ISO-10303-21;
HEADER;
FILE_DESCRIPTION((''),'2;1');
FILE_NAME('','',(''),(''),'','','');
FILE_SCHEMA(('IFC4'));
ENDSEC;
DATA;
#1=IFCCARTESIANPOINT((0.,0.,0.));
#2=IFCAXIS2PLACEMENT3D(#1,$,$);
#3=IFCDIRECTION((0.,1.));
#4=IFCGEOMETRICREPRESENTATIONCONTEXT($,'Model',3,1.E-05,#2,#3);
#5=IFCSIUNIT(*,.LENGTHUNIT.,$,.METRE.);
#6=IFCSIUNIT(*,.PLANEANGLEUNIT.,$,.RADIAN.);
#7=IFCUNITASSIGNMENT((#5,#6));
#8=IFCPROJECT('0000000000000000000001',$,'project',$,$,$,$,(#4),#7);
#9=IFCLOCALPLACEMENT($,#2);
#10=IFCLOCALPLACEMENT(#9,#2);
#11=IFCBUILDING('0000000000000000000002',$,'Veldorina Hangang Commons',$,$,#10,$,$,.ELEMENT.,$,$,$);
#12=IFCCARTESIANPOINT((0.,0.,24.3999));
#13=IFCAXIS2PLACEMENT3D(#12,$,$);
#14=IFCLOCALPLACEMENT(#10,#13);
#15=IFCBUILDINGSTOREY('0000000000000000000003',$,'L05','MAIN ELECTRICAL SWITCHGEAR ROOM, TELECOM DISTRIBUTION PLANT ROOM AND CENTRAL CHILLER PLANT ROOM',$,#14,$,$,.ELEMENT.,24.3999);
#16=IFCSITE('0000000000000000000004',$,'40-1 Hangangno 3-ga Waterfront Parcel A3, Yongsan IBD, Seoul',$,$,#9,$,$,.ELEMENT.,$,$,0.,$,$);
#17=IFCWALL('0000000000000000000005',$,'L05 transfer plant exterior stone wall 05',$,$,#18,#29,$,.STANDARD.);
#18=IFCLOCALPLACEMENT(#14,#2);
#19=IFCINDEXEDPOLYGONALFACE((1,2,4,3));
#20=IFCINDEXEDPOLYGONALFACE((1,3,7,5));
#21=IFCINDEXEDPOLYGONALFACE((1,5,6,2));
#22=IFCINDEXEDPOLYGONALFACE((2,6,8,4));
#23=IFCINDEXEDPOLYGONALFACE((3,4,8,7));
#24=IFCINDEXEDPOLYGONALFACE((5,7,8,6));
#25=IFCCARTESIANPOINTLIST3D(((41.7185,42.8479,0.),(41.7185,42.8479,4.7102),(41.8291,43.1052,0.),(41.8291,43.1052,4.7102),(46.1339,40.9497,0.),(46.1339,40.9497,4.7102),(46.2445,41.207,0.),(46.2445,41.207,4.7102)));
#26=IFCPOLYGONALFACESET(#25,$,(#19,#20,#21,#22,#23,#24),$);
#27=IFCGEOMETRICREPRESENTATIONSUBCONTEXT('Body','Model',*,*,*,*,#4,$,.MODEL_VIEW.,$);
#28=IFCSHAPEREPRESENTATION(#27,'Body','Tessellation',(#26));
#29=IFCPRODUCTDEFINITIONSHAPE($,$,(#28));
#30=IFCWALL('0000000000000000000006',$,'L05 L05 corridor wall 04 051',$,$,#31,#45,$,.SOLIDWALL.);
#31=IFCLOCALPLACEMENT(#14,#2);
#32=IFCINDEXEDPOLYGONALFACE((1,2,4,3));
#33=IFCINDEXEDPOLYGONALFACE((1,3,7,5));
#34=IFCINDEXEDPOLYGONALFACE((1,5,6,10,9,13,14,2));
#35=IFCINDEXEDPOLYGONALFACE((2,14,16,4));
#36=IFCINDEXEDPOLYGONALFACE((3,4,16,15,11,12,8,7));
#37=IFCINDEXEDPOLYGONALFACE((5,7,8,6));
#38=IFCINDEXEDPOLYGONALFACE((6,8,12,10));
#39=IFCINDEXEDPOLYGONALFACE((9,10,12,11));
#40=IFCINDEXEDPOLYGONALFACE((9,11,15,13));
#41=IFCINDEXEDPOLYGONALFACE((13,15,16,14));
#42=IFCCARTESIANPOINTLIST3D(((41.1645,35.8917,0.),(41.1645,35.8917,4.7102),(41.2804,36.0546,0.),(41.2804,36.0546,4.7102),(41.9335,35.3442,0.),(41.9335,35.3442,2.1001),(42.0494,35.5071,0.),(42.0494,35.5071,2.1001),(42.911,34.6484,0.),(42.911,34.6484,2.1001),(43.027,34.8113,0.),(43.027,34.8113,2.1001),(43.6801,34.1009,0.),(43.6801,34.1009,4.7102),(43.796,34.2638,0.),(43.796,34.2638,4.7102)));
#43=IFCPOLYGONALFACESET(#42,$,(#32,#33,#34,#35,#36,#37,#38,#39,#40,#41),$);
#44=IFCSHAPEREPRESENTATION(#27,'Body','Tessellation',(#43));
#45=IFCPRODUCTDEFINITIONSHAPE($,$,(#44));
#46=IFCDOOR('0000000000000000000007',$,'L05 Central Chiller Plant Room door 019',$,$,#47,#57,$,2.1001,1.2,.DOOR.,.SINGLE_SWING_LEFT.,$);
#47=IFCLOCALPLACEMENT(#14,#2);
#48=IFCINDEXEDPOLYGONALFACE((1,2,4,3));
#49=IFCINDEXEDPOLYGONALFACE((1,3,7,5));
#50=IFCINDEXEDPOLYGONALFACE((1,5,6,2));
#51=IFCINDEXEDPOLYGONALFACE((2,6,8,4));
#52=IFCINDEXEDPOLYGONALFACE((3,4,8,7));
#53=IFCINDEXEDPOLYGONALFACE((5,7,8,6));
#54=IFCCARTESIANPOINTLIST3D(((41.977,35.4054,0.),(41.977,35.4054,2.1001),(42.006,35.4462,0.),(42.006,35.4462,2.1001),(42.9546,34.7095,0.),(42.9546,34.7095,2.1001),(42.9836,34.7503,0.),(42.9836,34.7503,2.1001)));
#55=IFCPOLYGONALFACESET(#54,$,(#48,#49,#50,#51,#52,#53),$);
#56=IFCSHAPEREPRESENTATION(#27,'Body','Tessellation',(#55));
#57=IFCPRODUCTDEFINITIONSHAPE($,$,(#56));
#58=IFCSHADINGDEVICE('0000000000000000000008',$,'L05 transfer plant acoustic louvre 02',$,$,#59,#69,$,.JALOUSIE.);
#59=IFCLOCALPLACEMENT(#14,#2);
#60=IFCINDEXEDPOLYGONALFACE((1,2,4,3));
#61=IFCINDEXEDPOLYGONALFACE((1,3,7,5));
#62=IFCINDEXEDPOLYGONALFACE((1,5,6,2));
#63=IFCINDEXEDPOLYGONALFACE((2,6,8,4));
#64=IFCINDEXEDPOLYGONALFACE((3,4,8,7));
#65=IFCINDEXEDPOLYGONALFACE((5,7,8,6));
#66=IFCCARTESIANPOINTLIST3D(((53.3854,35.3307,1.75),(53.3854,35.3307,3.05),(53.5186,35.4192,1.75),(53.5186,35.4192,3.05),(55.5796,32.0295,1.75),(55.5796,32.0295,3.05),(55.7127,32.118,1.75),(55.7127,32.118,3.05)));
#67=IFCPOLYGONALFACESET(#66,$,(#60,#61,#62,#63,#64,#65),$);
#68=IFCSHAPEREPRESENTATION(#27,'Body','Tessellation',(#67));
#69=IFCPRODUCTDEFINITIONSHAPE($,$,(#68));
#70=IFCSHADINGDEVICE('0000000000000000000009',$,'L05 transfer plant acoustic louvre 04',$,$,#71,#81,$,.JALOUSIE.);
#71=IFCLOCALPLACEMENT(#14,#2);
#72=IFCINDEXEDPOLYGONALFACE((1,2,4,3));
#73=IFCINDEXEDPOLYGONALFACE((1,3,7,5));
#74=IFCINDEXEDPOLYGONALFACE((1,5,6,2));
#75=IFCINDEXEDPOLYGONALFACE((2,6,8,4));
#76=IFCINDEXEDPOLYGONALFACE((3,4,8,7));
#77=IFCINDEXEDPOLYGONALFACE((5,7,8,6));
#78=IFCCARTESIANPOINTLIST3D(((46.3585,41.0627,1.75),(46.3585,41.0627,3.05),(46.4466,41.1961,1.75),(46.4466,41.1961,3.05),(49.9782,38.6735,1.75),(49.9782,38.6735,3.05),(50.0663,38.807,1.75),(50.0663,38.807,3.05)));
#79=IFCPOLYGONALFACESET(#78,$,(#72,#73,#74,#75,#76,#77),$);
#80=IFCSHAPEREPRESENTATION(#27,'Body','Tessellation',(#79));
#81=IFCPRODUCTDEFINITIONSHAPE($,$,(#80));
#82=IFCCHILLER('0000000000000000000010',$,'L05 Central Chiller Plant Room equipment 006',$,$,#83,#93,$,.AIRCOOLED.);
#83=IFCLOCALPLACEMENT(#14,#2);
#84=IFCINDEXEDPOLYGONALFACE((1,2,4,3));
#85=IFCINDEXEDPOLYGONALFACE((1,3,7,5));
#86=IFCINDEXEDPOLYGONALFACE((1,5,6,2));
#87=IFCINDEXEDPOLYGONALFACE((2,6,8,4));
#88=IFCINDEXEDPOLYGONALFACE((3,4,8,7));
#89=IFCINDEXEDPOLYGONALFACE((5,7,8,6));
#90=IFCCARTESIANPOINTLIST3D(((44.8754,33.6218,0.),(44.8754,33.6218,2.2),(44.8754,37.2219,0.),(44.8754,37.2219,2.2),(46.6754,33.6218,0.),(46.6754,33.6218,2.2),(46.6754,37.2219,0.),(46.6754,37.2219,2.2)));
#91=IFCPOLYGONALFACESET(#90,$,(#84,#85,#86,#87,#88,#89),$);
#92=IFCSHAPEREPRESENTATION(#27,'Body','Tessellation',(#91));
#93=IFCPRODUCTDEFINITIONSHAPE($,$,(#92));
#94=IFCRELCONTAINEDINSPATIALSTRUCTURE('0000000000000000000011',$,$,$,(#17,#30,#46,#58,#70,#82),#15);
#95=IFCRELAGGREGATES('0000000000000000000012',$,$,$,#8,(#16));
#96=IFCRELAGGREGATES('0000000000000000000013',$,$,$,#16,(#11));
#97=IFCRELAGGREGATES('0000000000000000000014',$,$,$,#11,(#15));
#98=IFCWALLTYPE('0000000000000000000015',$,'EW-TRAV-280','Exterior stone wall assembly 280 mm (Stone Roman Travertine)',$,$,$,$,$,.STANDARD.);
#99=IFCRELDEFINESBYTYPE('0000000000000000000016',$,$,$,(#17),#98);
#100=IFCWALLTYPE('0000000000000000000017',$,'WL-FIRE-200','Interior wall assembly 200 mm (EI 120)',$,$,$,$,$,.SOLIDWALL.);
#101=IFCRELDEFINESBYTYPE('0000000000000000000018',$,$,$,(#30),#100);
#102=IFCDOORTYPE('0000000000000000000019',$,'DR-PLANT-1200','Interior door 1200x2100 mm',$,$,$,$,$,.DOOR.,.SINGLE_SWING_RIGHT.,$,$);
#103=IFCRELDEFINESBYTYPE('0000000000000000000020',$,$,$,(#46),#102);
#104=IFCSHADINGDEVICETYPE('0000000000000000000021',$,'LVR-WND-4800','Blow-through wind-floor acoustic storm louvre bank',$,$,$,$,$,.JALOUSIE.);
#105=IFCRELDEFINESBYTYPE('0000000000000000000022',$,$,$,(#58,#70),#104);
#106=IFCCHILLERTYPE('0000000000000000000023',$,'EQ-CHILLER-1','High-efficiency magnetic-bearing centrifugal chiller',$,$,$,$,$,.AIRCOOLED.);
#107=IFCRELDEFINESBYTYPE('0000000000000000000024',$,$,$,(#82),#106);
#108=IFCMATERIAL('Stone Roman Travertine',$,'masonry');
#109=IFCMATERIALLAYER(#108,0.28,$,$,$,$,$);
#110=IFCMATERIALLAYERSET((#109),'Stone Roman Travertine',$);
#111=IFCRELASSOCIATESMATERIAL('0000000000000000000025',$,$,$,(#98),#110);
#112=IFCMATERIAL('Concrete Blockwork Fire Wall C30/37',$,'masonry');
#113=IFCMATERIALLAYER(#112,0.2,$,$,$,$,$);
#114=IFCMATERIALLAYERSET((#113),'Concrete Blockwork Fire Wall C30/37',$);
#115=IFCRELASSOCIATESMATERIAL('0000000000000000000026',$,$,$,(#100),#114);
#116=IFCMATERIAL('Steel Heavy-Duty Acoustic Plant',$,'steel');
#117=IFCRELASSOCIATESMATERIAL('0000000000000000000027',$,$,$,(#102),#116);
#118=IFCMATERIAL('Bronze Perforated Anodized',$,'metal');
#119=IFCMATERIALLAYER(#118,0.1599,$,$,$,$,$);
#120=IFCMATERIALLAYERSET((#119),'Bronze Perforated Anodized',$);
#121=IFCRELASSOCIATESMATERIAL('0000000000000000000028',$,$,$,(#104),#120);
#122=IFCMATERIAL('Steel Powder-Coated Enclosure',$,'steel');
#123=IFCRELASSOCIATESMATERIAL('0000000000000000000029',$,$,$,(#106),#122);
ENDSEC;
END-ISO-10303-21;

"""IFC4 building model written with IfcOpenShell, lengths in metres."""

from ifc_helpers import new_model, si_unit, direction, frame, frame_2d, origin, origin_2d, place, context, subcontext, project, spatial, rectangle, extrude, material, layer, layer_set, type_object, element, fill, save


model = new_model("IFC4")

# Units and contexts
model_context = context("Model", 3, precision=1e-05, world=origin(), true_north=direction((0.0, 1.0)))
body_context = subcontext(model_context, "Body", "Model", "MODEL_VIEW")
ifc_project = project(units=[si_unit("LENGTHUNIT", "METRE"), si_unit("PLANEANGLEUNIT", "RADIAN")], contexts=[model_context])

# Site, building, storey
site_placement = place(None, origin())
site = spatial("IfcSite", under=ifc_project, at=site_placement, Name="40-1 Hangangno 3-ga Waterfront Parcel A3, Yongsan IBD, Seoul", CompositionType="ELEMENT", RefElevation=0.0)
building_placement = place(site_placement, origin())
building = spatial("IfcBuilding", under=site, at=building_placement, Name="Veldorina Hangang Commons", CompositionType="ELEMENT")
storey_placement = place(building_placement, frame((0.0, 0.0, 24.3999)))
storey = spatial("IfcBuildingStorey", under=building, at=storey_placement, Name="L05", Description="MAIN ELECTRICAL SWITCHGEAR ROOM, TELECOM DISTRIBUTION PLANT ROOM AND CENTRAL CHILLER PLANT ROOM", CompositionType="ELEMENT", Elevation=24.3999)

# Wall
ifc_material_1 = material(Name="Stone Roman Travertine", Category="masonry")
ifc_layer_1 = layer(ifc_material_1, 0.28)
ifc_layer_set_1 = layer_set([ifc_layer_1], Name="Stone Roman Travertine")
wall_type_1 = type_object("IfcWallType", Name="EW-TRAV-280", Description="Exterior stone wall assembly 280 mm (Stone Roman Travertine)", PredefinedType="STANDARD", material=ifc_layer_set_1)
wall_1_placement = place(storey_placement, frame((46.1892, 41.0784, 0.0), z_axis=(0.0, 0.0, 1.0), x_axis=(-0.918706, 0.394943, 0.0)))
element("IfcWall", 1, at=wall_1_placement, inside=storey, type_object=wall_type_1, Name="L05 transfer plant exterior stone wall 05", PredefinedType="STANDARD", context=body_context, shape_type="SweptSolid", body=[
    extrude(rectangle(XDim=4.8062, YDim=0.28, at=frame_2d((2.4031, 0.0))), origin(), (0.0, 0.0, 1.0), 4.7102),
])

# Wall, opening, door
ifc_material_2 = material(Name="Concrete Blockwork Fire Wall C30/37", Category="masonry")
ifc_layer_2 = layer(ifc_material_2, 0.2)
ifc_layer_set_2 = layer_set([ifc_layer_2], Name="Concrete Blockwork Fire Wall C30/37")
wall_type_2 = type_object("IfcWallType", Name="WL-FIRE-200", Description="Interior wall assembly 200 mm (EI 120)", PredefinedType="SOLIDWALL", material=ifc_layer_set_2)
wall_2_placement = place(storey_placement, frame((43.738, 34.1824, 0.0), z_axis=(0.0, 0.0, 1.0), x_axis=(-0.814667, 0.579929, 0.0)))
wall_2 = element("IfcWall", 2, at=wall_2_placement, inside=storey, type_object=wall_type_2, Name="L05 L05 corridor wall 04 051", PredefinedType="SOLIDWALL", context=body_context, shape_type="SweptSolid", body=[
    extrude(rectangle(XDim=3.0879, YDim=0.2, at=frame_2d((1.5439, 0.0))), origin(), (0.0, 0.0, 1.0), 4.7102),
])
opening_placement = place(wall_2_placement, frame((0.9438, 0.0, 0.0)))
opening = element("IfcOpeningElement", 3, at=opening_placement, cuts=wall_2, PredefinedType="OPENING", context=body_context, shape_type="SweptSolid", body=[
    extrude(rectangle(XDim=1.2, YDim=2.1001, at=frame_2d((0.6001, 1.05))), frame((0.0, 0.1099, 0.0), z_axis=(0.0, -1.0, 0.0), x_axis=(1.0, 0.0, 0.0)), (0.0, 0.0, 1.0), 0.22),
])
ifc_material_3 = material(Name="Steel Heavy-Duty Acoustic Plant", Category="steel")
door_type = type_object("IfcDoorType", Name="DR-PLANT-1200", Description="Interior door 1200x2100 mm", OperationType="SINGLE_SWING_RIGHT", PredefinedType="DOOR", material=ifc_material_3)
door_placement = place(opening_placement, origin())
door = element("IfcDoor", 4, at=door_placement, inside=storey, type_object=door_type, Name="L05 Central Chiller Plant Room door 019", OperationType="SINGLE_SWING_LEFT", OverallHeight=2.1001, OverallWidth=1.2, PredefinedType="DOOR", context=body_context, shape_type="SweptSolid", body=[
    extrude(rectangle(XDim=1.2, YDim=2.1001, at=frame_2d((0.6001, 1.05))), frame((0.0, 0.0249, 0.0), z_axis=(0.0, -1.0, 0.0), x_axis=(1.0, 0.0, 0.0)), (0.0, 0.0, 1.0), 0.05),
])
fill(opening, door)

# Shading devices
ifc_material_4 = material(Name="Bronze Perforated Anodized", Category="metal")
ifc_layer_3 = layer(ifc_material_4, 0.1599)
ifc_layer_set_3 = layer_set([ifc_layer_3], Name="Bronze Perforated Anodized")
shading_device_type = type_object("IfcShadingDeviceType", Name="LVR-WND-4800", Description="Blow-through wind-floor acoustic storm louvre bank", PredefinedType="JALOUSIE", material=ifc_layer_set_3)
shading_device_1_placement = place(storey_placement, frame((54.5491, 33.7244, 1.75), z_axis=(0.0, 0.0, 1.0), x_axis=(-0.553537, 0.832825, 0.0)))
element("IfcShadingDevice", 5, at=shading_device_1_placement, inside=storey, type_object=shading_device_type, Name="L05 transfer plant acoustic louvre 02", PredefinedType="JALOUSIE", context=body_context, shape_type="SweptSolid", body=[
    extrude(rectangle(XDim=3.9639, YDim=0.1599, at=origin_2d()), origin(), (0.0, 0.0, 1.0), 1.3),
])
shading_device_2_placement = place(storey_placement, frame((48.2124, 39.9348, 1.75), z_axis=(0.0, 0.0, 1.0), x_axis=(-0.834598, 0.55086, 0.0)))
element("IfcShadingDevice", 6, at=shading_device_2_placement, inside=storey, type_object=shading_device_type, Name="L05 transfer plant acoustic louvre 04", PredefinedType="JALOUSIE", context=body_context, shape_type="SweptSolid", body=[
    extrude(rectangle(XDim=4.3372, YDim=0.1599, at=origin_2d()), origin(), (0.0, 0.0, 1.0), 1.3),
])

# Chiller
ifc_material_5 = material(Name="Steel Powder-Coated Enclosure", Category="steel")
chiller_type = type_object("IfcChillerType", Name="EQ-CHILLER-1", Description="High-efficiency magnetic-bearing centrifugal chiller", PredefinedType="AIRCOOLED", material=ifc_material_5)
chiller_placement = place(storey_placement, frame((45.7754, 35.4219, 0.0), z_axis=(0.0, 0.0, 1.0), x_axis=(1.0, 0.0, 0.0)))
element("IfcChiller", 7, at=chiller_placement, inside=storey, type_object=chiller_type, Name="L05 Central Chiller Plant Room equipment 006", PredefinedType="AIRCOOLED", context=body_context, shape_type="SweptSolid", body=[
    extrude(rectangle(XDim=1.8, YDim=3.6001, at=origin_2d()), origin(), (0.0, 0.0, 1.0), 2.2),
])

save(model, "model.ifc")
